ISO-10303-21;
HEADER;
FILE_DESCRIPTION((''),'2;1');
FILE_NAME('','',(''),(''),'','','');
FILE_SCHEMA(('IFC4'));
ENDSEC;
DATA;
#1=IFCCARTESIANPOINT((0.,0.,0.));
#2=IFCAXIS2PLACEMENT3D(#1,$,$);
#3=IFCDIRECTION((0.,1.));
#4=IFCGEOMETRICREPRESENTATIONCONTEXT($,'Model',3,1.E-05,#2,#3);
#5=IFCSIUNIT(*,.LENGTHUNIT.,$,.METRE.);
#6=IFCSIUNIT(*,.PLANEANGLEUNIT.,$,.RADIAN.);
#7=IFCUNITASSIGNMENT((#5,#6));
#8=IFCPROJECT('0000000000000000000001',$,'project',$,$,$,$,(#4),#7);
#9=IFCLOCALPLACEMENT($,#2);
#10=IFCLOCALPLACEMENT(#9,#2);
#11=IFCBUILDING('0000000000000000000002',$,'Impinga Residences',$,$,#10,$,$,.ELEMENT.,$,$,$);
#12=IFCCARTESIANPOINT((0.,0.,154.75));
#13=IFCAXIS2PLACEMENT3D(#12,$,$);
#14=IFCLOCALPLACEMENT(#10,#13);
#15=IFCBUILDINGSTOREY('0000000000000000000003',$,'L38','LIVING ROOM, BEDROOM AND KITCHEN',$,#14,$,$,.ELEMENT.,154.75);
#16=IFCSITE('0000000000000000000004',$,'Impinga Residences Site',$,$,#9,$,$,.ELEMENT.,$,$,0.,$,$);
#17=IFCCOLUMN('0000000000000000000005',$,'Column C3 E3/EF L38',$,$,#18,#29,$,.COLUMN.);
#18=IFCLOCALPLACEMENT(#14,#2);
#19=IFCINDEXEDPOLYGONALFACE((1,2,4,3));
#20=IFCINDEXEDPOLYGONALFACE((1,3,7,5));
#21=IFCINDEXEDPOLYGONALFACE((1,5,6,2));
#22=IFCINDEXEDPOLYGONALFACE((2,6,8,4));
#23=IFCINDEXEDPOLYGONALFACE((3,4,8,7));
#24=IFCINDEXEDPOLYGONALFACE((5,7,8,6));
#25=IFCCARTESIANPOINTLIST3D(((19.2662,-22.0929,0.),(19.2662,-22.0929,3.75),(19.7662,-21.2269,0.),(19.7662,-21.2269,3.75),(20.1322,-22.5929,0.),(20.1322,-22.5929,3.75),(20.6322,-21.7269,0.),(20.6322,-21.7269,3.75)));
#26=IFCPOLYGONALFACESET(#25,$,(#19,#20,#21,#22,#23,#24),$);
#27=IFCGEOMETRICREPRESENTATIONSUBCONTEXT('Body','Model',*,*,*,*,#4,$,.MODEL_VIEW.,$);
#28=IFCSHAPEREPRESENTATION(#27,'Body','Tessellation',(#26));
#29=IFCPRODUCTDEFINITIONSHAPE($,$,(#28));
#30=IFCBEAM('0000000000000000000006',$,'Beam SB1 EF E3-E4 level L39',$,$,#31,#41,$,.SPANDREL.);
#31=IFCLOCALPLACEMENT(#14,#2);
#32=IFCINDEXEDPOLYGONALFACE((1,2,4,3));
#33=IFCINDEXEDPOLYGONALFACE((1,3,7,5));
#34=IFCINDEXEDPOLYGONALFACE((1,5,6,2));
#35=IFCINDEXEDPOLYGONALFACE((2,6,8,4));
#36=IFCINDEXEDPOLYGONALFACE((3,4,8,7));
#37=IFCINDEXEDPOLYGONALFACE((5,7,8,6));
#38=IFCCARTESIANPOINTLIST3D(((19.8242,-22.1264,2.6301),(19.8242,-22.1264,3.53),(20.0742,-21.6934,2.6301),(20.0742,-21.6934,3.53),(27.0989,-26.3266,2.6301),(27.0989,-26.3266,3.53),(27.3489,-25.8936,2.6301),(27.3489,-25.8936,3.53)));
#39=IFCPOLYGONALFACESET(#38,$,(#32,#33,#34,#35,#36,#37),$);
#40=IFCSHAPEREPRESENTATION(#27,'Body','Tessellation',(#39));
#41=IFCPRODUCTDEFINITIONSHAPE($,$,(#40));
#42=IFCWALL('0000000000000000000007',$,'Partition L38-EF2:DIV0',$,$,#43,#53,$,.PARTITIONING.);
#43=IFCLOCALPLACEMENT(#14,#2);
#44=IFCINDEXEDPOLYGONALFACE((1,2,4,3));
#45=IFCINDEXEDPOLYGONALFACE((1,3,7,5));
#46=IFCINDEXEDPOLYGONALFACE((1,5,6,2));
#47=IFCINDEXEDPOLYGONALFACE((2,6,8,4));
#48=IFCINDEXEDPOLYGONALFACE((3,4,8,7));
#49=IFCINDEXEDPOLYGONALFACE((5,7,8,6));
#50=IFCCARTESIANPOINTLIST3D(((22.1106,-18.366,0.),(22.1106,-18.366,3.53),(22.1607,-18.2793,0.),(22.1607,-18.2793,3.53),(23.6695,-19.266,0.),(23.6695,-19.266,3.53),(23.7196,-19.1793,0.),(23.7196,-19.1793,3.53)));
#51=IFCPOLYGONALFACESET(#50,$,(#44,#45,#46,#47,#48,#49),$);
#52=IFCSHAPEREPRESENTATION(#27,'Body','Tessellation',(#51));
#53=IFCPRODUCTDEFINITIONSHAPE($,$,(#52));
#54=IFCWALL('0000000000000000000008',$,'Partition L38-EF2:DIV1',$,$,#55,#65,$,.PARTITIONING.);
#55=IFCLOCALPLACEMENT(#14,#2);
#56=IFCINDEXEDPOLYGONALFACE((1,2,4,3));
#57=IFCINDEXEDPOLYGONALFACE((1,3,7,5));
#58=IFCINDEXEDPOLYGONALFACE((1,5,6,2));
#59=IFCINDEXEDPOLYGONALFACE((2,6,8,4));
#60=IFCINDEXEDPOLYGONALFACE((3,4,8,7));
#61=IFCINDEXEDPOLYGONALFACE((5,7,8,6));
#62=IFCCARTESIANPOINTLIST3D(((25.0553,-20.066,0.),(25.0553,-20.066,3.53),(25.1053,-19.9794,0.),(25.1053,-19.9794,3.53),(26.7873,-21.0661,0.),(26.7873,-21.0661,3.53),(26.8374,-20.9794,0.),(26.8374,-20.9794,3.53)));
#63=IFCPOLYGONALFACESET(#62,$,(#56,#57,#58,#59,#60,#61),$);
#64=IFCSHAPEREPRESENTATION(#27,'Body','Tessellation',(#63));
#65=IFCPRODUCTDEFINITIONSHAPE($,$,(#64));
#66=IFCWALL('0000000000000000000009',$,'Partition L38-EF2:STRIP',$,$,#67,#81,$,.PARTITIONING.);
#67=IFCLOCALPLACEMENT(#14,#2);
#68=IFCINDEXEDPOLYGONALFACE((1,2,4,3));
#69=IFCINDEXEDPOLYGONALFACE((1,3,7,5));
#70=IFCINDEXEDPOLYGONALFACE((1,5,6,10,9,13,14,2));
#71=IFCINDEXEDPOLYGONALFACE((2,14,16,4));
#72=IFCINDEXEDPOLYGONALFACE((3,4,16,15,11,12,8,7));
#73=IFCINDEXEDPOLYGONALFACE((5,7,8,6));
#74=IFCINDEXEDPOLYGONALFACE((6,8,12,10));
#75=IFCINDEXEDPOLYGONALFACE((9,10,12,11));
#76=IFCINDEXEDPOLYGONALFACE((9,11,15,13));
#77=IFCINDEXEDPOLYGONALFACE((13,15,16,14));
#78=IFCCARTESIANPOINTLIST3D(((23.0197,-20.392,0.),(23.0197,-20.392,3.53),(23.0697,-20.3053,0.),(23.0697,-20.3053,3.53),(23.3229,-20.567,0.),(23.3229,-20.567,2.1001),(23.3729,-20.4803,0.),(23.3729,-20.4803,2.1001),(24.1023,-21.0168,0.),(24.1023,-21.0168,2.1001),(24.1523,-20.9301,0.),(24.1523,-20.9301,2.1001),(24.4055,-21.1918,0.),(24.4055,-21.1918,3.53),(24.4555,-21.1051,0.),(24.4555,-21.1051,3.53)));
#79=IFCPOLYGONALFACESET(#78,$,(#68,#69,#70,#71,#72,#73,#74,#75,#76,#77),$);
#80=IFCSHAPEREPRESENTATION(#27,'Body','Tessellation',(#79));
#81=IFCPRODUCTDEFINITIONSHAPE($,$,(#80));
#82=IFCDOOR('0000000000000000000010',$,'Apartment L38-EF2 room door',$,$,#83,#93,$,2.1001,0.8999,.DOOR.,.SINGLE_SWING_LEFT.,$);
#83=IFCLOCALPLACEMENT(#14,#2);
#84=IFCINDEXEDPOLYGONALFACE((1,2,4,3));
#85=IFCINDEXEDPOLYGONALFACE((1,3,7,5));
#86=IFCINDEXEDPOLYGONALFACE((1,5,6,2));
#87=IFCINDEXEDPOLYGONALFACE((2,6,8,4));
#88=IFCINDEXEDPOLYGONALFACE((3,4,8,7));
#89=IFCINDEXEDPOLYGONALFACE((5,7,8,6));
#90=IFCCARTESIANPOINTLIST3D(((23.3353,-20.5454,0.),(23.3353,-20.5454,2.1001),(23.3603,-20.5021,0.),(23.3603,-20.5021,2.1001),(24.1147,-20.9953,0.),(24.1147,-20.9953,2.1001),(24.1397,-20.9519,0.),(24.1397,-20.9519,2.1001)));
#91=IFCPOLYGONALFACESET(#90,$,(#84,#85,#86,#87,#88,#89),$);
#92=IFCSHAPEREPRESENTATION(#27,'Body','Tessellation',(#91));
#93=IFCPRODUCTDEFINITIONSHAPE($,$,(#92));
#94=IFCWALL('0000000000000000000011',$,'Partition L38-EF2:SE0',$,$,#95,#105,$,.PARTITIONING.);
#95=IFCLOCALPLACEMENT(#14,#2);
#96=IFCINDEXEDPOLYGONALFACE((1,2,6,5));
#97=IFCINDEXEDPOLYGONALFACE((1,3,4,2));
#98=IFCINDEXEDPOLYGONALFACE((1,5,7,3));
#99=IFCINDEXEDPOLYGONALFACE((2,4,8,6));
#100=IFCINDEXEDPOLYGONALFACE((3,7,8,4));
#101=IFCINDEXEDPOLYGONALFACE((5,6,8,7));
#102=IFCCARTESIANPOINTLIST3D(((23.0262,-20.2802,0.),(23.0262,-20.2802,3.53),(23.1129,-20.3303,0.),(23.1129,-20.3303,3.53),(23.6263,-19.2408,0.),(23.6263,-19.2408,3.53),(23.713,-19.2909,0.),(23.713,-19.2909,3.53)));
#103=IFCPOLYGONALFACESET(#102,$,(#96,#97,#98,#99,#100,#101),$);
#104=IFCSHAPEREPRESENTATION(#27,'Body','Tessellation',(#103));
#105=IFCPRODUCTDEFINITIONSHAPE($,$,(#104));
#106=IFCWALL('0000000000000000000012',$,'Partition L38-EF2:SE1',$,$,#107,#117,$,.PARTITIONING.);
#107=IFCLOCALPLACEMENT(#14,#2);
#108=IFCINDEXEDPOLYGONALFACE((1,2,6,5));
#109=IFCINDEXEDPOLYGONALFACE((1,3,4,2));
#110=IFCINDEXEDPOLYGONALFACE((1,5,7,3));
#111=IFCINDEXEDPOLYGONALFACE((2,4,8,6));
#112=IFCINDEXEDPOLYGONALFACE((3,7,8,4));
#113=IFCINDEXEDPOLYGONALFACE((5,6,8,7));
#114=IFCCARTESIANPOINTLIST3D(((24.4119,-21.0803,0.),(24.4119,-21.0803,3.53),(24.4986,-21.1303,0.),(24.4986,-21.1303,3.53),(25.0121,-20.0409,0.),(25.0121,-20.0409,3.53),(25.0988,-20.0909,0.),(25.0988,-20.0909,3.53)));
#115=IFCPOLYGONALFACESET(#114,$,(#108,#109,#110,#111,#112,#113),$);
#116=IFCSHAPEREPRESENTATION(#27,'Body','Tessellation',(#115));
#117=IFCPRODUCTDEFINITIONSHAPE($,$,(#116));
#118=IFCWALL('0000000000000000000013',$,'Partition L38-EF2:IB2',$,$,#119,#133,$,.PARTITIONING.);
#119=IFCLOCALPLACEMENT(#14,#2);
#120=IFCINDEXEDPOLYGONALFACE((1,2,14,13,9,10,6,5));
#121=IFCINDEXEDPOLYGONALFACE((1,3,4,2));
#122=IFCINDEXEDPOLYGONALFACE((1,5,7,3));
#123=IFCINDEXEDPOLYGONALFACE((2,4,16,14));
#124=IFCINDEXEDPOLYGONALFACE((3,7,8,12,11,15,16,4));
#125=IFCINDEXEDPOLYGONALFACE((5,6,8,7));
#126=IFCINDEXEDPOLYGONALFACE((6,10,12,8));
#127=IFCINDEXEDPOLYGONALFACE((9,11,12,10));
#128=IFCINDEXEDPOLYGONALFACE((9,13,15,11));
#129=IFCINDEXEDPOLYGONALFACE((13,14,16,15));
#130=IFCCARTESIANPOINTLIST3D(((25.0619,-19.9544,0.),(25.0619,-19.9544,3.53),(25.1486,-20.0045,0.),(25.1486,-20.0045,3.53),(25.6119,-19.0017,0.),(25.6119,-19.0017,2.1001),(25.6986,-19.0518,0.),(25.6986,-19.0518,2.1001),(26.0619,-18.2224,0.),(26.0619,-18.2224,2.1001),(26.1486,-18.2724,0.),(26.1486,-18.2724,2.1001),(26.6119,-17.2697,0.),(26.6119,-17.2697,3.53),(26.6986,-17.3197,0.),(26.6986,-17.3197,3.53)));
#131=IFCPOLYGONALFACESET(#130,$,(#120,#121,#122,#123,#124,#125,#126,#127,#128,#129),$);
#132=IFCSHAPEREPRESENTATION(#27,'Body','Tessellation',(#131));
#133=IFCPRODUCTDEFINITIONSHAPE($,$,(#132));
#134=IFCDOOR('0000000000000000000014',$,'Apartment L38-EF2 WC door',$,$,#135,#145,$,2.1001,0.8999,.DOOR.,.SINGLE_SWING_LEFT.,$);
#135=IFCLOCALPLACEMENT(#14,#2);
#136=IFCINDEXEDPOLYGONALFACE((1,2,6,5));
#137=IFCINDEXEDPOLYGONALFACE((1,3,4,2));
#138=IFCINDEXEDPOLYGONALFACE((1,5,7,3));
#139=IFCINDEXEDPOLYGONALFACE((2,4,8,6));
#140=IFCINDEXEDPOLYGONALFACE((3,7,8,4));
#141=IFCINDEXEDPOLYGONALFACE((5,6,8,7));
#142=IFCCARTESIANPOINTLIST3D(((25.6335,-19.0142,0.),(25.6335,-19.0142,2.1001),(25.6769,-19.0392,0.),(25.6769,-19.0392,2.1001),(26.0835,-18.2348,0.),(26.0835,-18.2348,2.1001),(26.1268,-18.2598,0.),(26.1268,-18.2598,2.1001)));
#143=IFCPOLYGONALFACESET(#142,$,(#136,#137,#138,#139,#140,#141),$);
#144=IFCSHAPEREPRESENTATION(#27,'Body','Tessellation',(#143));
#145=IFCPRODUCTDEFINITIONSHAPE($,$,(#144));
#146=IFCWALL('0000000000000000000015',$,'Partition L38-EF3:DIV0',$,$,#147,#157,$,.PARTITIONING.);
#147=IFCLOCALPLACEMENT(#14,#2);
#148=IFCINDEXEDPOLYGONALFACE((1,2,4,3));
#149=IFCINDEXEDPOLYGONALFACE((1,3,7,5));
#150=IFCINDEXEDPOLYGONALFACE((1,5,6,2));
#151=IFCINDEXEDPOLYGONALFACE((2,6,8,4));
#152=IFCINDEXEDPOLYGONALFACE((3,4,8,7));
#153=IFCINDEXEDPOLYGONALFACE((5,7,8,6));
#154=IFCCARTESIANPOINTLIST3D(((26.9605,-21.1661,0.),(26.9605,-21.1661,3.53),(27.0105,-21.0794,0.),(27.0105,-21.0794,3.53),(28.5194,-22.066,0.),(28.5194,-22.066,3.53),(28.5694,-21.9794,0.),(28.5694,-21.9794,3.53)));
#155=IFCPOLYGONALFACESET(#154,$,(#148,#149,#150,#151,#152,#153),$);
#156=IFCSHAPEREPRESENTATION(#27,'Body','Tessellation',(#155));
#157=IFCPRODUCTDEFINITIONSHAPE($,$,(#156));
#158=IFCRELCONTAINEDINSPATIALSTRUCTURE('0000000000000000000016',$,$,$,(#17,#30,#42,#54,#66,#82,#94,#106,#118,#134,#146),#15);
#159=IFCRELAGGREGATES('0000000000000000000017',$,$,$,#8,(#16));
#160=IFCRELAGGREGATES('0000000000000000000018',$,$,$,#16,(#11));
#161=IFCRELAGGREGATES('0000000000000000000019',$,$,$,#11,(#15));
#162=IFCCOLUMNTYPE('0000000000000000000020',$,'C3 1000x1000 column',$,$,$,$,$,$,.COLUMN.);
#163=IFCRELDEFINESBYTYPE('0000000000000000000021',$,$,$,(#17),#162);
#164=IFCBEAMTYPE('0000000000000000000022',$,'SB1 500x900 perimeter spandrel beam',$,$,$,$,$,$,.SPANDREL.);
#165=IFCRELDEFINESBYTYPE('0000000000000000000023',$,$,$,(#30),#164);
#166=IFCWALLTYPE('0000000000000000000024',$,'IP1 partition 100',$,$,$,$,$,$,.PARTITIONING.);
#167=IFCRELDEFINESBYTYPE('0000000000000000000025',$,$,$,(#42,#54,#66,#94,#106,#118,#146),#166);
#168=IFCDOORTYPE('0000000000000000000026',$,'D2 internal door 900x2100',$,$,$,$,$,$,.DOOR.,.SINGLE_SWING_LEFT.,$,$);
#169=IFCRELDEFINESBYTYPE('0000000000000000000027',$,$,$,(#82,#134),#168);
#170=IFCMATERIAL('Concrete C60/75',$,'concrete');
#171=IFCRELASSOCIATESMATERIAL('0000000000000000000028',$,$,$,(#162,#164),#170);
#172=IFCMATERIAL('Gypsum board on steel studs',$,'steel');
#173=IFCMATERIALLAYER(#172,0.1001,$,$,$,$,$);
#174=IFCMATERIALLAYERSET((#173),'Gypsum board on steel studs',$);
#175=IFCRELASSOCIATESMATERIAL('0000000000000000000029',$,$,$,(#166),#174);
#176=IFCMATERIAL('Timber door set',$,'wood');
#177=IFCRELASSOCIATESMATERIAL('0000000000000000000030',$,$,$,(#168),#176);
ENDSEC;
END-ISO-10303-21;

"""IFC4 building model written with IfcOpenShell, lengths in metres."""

from ifc_helpers import new_model, si_unit, direction, frame, frame_2d, origin, origin_2d, place, context, subcontext, project, spatial, rectangle, extrude, material, layer, layer_set, material_profile, profile_set, type_object, element, fill, save


model = new_model("IFC4")

# Units and contexts
model_context = context("Model", 3, precision=1e-05, world=origin(), true_north=direction((0.0, 1.0)))
body_context = subcontext(model_context, "Body", "Model", "MODEL_VIEW")
ifc_project = project(units=[si_unit("LENGTHUNIT", "METRE"), si_unit("PLANEANGLEUNIT", "RADIAN")], contexts=[model_context])

# Site, building, storey
site_placement = place(None, origin())
site = spatial("IfcSite", under=ifc_project, at=site_placement, Name="Impinga Residences Site", CompositionType="ELEMENT", RefElevation=0.0)
building_placement = place(site_placement, origin())
building = spatial("IfcBuilding", under=site, at=building_placement, Name="Impinga Residences", CompositionType="ELEMENT")
storey_placement = place(building_placement, frame((0.0, 0.0, 154.75)))
storey = spatial("IfcBuildingStorey", under=building, at=storey_placement, Name="L38", Description="LIVING ROOM, BEDROOM AND KITCHEN", CompositionType="ELEMENT", Elevation=154.75)

# Column
ifc_material_1 = material(Name="Concrete C60/75", Category="concrete")
ifc_material_profile_1 = material_profile(ifc_material_1, rectangle(XDim=1.0, YDim=1.0, at=origin_2d()), Name="RC 1000x1000")
ifc_profile_set_1 = profile_set([ifc_material_profile_1], Name="Concrete C60/75")
column_type = type_object("IfcColumnType", Name="C3 1000x1000 column", PredefinedType="COLUMN", material=ifc_profile_set_1)
column_placement = place(storey_placement, frame((19.9492, -21.9099, 0.0), z_axis=(0.0, 0.0, 1.0), x_axis=(-0.5, -0.866025, 0.0)))
element("IfcColumn", 1, at=column_placement, inside=storey, type_object=column_type, Name="Column C3 E3/EF L38", PredefinedType="COLUMN", context=body_context, shape_type="SweptSolid", body=[
    extrude(rectangle(XDim=1.0, YDim=1.0, at=origin_2d()), origin(), (0.0, 0.0, 1.0), 3.75),
])

# Beam
ifc_material_profile_2 = material_profile(ifc_material_1, rectangle(XDim=0.5, YDim=0.8999, at=origin_2d()), Name="RC 500x900")
ifc_profile_set_2 = profile_set([ifc_material_profile_2], Name="Concrete C60/75")
beam_type = type_object("IfcBeamType", Name="SB1 500x900 perimeter spandrel beam", PredefinedType="SPANDREL", material=ifc_profile_set_2)
beam_placement = place(storey_placement, frame((19.9492, -21.9099, 3.0801), z_axis=(0.866017, -0.500015, 0.0), x_axis=(0.500015, 0.866017, 0.0)))
element("IfcBeam", 2, at=beam_placement, inside=storey, type_object=beam_type, Name="Beam SB1 EF E3-E4 level L39", PredefinedType="SPANDREL", context=body_context, shape_type="SweptSolid", body=[
    extrude(rectangle(XDim=0.5, YDim=0.8999, at=origin_2d()), origin(), (0.0, 0.0, 1.0), 8.4001),
])

# Walls
ifc_material_2 = material(Name="Gypsum board on steel studs", Category="steel")
ifc_layer_1 = layer(ifc_material_2, 0.1001)
ifc_layer_set_1 = layer_set([ifc_layer_1], Name="Gypsum board on steel studs")
wall_type_1 = type_object("IfcWallType", Name="IP1 partition 100", PredefinedType="PARTITIONING", material=ifc_layer_set_1)
wall_1_placement = place(storey_placement, frame((22.1357, -18.3228, 0.0), z_axis=(0.0, 0.0, 1.0), x_axis=(0.866048, -0.499961, 0.0)))
element("IfcWall", 3, at=wall_1_placement, inside=storey, type_object=wall_type_1, Name="Partition L38-EF2:DIV0", PredefinedType="PARTITIONING", context=body_context, shape_type="SweptSolid", body=[
    extrude(rectangle(XDim=1.8, YDim=0.1001, at=frame_2d((0.8999, 0.0))), origin(), (0.0, 0.0, 1.0), 3.53),
])
wall_2_placement = place(storey_placement, frame((25.0803, -20.0227, 0.0), z_axis=(0.0, 0.0, 1.0), x_axis=(0.866011, -0.500025, 0.0)))
element("IfcWall", 4, at=wall_2_placement, inside=storey, type_object=wall_type_1, Name="Partition L38-EF2:DIV1", PredefinedType="PARTITIONING", context=body_context, shape_type="SweptSolid", body=[
    extrude(rectangle(XDim=2.0, YDim=0.1001, at=frame_2d((1.0, 0.0))), origin(), (0.0, 0.0, 1.0), 3.53),
])

# Wall, opening, door
wall_3_placement = place(storey_placement, frame((23.0447, -20.3486, 0.0), z_axis=(0.0, 0.0, 1.0), x_axis=(0.866094, -0.499881, 0.0)))
wall_3 = element("IfcWall", 5, at=wall_3_placement, inside=storey, type_object=wall_type_1, Name="Partition L38-EF2:STRIP", PredefinedType="PARTITIONING", context=body_context, shape_type="SweptSolid", body=[
    extrude(rectangle(XDim=1.6001, YDim=0.1001, at=frame_2d((0.8, 0.0))), origin(), (0.0, 0.0, 1.0), 3.53),
])
opening_1_placement = place(wall_3_placement, frame((0.3501, 0.0, 0.0)))
opening_1 = element("IfcOpeningElement", 6, at=opening_1_placement, cuts=wall_3, PredefinedType="OPENING", context=body_context, shape_type="SweptSolid", body=[
    extrude(rectangle(XDim=0.8999, YDim=2.1001, at=frame_2d((0.45, 1.05))), frame((0.0, 0.0601, 0.0), z_axis=(0.0, -1.0, 0.0), x_axis=(1.0, 0.0, 0.0)), (0.0, 0.0, 1.0), 0.1201),
])
ifc_material_3 = material(Name="Timber door set", Category="wood")
door_type = type_object("IfcDoorType", Name="D2 internal door 900x2100", OperationType="SINGLE_SWING_LEFT", PredefinedType="DOOR", material=ifc_material_3)
door_1_placement = place(opening_1_placement, origin())
door_1 = element("IfcDoor", 7, at=door_1_placement, inside=storey, type_object=door_type, Name="Apartment L38-EF2 room door", OperationType="SINGLE_SWING_LEFT", OverallHeight=2.1001, OverallWidth=0.8999, PredefinedType="DOOR", context=body_context, shape_type="SweptSolid", body=[
    extrude(rectangle(XDim=0.8999, YDim=2.1001, at=frame_2d((0.45, 1.05))), frame((0.0, 0.0249, 0.0), z_axis=(0.0, -1.0, 0.0), x_axis=(1.0, 0.0, 0.0)), (0.0, 0.0, 1.0), 0.05),
])
fill(opening_1, door_1)

# Walls
for number, where, z_axis, x_axis, name in (
    (8, (23.6697, -19.2659, 0.0), (0.0, 0.0, 1.0), (-0.500034, -0.866006, 0.0), "Partition L38-EF2:SE0"),
    (9, (25.0554, -20.0659, 0.0), (0.0, 0.0, 1.0), (-0.500034, -0.866006, 0.0), "Partition L38-EF2:SE1"),
):
    element("IfcWall", number, at=place(storey_placement, frame(where, z_axis=z_axis, x_axis=x_axis)), inside=storey, type_object=wall_type_1, Name=name, PredefinedType="PARTITIONING", context=body_context, shape_type="SweptSolid", body=[
        extrude(rectangle(XDim=1.2002, YDim=0.1001, at=frame_2d((0.6001, 0.0))), origin(), (0.0, 0.0, 1.0), 3.53),
    ])

# Wall, opening, door
wall_4_placement = place(storey_placement, frame((26.6553, -17.2947, 0.0), z_axis=(0.0, 0.0, 1.0), x_axis=(-0.499993, -0.86603, 0.0)))
wall_4 = element("IfcWall", 10, at=wall_4_placement, inside=storey, type_object=wall_type_1, Name="Partition L38-EF2:IB2", PredefinedType="PARTITIONING", context=body_context, shape_type="SweptSolid", body=[
    extrude(rectangle(XDim=3.1001, YDim=0.1001, at=frame_2d((1.55, 0.0))), origin(), (0.0, 0.0, 1.0), 3.53),
])
opening_2_placement = place(wall_4_placement, frame((1.1001, 0.0, 0.0)))
opening_2 = element("IfcOpeningElement", 11, at=opening_2_placement, cuts=wall_4, PredefinedType="OPENING", context=body_context, shape_type="SweptSolid", body=[
    extrude(rectangle(XDim=0.8999, YDim=2.1001, at=frame_2d((0.45, 1.05))), frame((0.0, 0.0601, 0.0), z_axis=(0.0, -1.0, 0.0), x_axis=(1.0, 0.0, 0.0)), (0.0, 0.0, 1.0), 0.1201),
])
door_2_placement = place(opening_2_placement, origin())
door_2 = element("IfcDoor", 12, at=door_2_placement, inside=storey, type_object=door_type, Name="Apartment L38-EF2 WC door", OperationType="SINGLE_SWING_LEFT", OverallHeight=2.1001, OverallWidth=0.8999, PredefinedType="DOOR", context=body_context, shape_type="SweptSolid", body=[
    extrude(rectangle(XDim=0.8999, YDim=2.1001, at=frame_2d((0.45, 1.05))), frame((0.0, 0.0249, 0.0), z_axis=(0.0, -1.0, 0.0), x_axis=(1.0, 0.0, 0.0)), (0.0, 0.0, 1.0), 0.05),
])
fill(opening_2, door_2)

# Wall
wall_5_placement = place(storey_placement, frame((26.9856, -21.1228, 0.0), z_axis=(0.0, 0.0, 1.0), x_axis=(0.866048, -0.499961, 0.0)))
element("IfcWall", 13, at=wall_5_placement, inside=storey, type_object=wall_type_1, Name="Partition L38-EF3:DIV0", PredefinedType="PARTITIONING", context=body_context, shape_type="SweptSolid", body=[
    extrude(rectangle(XDim=1.8, YDim=0.1001, at=frame_2d((0.8999, 0.0))), origin(), (0.0, 0.0, 1.0), 3.53),
])

save(model, "model.ifc")
